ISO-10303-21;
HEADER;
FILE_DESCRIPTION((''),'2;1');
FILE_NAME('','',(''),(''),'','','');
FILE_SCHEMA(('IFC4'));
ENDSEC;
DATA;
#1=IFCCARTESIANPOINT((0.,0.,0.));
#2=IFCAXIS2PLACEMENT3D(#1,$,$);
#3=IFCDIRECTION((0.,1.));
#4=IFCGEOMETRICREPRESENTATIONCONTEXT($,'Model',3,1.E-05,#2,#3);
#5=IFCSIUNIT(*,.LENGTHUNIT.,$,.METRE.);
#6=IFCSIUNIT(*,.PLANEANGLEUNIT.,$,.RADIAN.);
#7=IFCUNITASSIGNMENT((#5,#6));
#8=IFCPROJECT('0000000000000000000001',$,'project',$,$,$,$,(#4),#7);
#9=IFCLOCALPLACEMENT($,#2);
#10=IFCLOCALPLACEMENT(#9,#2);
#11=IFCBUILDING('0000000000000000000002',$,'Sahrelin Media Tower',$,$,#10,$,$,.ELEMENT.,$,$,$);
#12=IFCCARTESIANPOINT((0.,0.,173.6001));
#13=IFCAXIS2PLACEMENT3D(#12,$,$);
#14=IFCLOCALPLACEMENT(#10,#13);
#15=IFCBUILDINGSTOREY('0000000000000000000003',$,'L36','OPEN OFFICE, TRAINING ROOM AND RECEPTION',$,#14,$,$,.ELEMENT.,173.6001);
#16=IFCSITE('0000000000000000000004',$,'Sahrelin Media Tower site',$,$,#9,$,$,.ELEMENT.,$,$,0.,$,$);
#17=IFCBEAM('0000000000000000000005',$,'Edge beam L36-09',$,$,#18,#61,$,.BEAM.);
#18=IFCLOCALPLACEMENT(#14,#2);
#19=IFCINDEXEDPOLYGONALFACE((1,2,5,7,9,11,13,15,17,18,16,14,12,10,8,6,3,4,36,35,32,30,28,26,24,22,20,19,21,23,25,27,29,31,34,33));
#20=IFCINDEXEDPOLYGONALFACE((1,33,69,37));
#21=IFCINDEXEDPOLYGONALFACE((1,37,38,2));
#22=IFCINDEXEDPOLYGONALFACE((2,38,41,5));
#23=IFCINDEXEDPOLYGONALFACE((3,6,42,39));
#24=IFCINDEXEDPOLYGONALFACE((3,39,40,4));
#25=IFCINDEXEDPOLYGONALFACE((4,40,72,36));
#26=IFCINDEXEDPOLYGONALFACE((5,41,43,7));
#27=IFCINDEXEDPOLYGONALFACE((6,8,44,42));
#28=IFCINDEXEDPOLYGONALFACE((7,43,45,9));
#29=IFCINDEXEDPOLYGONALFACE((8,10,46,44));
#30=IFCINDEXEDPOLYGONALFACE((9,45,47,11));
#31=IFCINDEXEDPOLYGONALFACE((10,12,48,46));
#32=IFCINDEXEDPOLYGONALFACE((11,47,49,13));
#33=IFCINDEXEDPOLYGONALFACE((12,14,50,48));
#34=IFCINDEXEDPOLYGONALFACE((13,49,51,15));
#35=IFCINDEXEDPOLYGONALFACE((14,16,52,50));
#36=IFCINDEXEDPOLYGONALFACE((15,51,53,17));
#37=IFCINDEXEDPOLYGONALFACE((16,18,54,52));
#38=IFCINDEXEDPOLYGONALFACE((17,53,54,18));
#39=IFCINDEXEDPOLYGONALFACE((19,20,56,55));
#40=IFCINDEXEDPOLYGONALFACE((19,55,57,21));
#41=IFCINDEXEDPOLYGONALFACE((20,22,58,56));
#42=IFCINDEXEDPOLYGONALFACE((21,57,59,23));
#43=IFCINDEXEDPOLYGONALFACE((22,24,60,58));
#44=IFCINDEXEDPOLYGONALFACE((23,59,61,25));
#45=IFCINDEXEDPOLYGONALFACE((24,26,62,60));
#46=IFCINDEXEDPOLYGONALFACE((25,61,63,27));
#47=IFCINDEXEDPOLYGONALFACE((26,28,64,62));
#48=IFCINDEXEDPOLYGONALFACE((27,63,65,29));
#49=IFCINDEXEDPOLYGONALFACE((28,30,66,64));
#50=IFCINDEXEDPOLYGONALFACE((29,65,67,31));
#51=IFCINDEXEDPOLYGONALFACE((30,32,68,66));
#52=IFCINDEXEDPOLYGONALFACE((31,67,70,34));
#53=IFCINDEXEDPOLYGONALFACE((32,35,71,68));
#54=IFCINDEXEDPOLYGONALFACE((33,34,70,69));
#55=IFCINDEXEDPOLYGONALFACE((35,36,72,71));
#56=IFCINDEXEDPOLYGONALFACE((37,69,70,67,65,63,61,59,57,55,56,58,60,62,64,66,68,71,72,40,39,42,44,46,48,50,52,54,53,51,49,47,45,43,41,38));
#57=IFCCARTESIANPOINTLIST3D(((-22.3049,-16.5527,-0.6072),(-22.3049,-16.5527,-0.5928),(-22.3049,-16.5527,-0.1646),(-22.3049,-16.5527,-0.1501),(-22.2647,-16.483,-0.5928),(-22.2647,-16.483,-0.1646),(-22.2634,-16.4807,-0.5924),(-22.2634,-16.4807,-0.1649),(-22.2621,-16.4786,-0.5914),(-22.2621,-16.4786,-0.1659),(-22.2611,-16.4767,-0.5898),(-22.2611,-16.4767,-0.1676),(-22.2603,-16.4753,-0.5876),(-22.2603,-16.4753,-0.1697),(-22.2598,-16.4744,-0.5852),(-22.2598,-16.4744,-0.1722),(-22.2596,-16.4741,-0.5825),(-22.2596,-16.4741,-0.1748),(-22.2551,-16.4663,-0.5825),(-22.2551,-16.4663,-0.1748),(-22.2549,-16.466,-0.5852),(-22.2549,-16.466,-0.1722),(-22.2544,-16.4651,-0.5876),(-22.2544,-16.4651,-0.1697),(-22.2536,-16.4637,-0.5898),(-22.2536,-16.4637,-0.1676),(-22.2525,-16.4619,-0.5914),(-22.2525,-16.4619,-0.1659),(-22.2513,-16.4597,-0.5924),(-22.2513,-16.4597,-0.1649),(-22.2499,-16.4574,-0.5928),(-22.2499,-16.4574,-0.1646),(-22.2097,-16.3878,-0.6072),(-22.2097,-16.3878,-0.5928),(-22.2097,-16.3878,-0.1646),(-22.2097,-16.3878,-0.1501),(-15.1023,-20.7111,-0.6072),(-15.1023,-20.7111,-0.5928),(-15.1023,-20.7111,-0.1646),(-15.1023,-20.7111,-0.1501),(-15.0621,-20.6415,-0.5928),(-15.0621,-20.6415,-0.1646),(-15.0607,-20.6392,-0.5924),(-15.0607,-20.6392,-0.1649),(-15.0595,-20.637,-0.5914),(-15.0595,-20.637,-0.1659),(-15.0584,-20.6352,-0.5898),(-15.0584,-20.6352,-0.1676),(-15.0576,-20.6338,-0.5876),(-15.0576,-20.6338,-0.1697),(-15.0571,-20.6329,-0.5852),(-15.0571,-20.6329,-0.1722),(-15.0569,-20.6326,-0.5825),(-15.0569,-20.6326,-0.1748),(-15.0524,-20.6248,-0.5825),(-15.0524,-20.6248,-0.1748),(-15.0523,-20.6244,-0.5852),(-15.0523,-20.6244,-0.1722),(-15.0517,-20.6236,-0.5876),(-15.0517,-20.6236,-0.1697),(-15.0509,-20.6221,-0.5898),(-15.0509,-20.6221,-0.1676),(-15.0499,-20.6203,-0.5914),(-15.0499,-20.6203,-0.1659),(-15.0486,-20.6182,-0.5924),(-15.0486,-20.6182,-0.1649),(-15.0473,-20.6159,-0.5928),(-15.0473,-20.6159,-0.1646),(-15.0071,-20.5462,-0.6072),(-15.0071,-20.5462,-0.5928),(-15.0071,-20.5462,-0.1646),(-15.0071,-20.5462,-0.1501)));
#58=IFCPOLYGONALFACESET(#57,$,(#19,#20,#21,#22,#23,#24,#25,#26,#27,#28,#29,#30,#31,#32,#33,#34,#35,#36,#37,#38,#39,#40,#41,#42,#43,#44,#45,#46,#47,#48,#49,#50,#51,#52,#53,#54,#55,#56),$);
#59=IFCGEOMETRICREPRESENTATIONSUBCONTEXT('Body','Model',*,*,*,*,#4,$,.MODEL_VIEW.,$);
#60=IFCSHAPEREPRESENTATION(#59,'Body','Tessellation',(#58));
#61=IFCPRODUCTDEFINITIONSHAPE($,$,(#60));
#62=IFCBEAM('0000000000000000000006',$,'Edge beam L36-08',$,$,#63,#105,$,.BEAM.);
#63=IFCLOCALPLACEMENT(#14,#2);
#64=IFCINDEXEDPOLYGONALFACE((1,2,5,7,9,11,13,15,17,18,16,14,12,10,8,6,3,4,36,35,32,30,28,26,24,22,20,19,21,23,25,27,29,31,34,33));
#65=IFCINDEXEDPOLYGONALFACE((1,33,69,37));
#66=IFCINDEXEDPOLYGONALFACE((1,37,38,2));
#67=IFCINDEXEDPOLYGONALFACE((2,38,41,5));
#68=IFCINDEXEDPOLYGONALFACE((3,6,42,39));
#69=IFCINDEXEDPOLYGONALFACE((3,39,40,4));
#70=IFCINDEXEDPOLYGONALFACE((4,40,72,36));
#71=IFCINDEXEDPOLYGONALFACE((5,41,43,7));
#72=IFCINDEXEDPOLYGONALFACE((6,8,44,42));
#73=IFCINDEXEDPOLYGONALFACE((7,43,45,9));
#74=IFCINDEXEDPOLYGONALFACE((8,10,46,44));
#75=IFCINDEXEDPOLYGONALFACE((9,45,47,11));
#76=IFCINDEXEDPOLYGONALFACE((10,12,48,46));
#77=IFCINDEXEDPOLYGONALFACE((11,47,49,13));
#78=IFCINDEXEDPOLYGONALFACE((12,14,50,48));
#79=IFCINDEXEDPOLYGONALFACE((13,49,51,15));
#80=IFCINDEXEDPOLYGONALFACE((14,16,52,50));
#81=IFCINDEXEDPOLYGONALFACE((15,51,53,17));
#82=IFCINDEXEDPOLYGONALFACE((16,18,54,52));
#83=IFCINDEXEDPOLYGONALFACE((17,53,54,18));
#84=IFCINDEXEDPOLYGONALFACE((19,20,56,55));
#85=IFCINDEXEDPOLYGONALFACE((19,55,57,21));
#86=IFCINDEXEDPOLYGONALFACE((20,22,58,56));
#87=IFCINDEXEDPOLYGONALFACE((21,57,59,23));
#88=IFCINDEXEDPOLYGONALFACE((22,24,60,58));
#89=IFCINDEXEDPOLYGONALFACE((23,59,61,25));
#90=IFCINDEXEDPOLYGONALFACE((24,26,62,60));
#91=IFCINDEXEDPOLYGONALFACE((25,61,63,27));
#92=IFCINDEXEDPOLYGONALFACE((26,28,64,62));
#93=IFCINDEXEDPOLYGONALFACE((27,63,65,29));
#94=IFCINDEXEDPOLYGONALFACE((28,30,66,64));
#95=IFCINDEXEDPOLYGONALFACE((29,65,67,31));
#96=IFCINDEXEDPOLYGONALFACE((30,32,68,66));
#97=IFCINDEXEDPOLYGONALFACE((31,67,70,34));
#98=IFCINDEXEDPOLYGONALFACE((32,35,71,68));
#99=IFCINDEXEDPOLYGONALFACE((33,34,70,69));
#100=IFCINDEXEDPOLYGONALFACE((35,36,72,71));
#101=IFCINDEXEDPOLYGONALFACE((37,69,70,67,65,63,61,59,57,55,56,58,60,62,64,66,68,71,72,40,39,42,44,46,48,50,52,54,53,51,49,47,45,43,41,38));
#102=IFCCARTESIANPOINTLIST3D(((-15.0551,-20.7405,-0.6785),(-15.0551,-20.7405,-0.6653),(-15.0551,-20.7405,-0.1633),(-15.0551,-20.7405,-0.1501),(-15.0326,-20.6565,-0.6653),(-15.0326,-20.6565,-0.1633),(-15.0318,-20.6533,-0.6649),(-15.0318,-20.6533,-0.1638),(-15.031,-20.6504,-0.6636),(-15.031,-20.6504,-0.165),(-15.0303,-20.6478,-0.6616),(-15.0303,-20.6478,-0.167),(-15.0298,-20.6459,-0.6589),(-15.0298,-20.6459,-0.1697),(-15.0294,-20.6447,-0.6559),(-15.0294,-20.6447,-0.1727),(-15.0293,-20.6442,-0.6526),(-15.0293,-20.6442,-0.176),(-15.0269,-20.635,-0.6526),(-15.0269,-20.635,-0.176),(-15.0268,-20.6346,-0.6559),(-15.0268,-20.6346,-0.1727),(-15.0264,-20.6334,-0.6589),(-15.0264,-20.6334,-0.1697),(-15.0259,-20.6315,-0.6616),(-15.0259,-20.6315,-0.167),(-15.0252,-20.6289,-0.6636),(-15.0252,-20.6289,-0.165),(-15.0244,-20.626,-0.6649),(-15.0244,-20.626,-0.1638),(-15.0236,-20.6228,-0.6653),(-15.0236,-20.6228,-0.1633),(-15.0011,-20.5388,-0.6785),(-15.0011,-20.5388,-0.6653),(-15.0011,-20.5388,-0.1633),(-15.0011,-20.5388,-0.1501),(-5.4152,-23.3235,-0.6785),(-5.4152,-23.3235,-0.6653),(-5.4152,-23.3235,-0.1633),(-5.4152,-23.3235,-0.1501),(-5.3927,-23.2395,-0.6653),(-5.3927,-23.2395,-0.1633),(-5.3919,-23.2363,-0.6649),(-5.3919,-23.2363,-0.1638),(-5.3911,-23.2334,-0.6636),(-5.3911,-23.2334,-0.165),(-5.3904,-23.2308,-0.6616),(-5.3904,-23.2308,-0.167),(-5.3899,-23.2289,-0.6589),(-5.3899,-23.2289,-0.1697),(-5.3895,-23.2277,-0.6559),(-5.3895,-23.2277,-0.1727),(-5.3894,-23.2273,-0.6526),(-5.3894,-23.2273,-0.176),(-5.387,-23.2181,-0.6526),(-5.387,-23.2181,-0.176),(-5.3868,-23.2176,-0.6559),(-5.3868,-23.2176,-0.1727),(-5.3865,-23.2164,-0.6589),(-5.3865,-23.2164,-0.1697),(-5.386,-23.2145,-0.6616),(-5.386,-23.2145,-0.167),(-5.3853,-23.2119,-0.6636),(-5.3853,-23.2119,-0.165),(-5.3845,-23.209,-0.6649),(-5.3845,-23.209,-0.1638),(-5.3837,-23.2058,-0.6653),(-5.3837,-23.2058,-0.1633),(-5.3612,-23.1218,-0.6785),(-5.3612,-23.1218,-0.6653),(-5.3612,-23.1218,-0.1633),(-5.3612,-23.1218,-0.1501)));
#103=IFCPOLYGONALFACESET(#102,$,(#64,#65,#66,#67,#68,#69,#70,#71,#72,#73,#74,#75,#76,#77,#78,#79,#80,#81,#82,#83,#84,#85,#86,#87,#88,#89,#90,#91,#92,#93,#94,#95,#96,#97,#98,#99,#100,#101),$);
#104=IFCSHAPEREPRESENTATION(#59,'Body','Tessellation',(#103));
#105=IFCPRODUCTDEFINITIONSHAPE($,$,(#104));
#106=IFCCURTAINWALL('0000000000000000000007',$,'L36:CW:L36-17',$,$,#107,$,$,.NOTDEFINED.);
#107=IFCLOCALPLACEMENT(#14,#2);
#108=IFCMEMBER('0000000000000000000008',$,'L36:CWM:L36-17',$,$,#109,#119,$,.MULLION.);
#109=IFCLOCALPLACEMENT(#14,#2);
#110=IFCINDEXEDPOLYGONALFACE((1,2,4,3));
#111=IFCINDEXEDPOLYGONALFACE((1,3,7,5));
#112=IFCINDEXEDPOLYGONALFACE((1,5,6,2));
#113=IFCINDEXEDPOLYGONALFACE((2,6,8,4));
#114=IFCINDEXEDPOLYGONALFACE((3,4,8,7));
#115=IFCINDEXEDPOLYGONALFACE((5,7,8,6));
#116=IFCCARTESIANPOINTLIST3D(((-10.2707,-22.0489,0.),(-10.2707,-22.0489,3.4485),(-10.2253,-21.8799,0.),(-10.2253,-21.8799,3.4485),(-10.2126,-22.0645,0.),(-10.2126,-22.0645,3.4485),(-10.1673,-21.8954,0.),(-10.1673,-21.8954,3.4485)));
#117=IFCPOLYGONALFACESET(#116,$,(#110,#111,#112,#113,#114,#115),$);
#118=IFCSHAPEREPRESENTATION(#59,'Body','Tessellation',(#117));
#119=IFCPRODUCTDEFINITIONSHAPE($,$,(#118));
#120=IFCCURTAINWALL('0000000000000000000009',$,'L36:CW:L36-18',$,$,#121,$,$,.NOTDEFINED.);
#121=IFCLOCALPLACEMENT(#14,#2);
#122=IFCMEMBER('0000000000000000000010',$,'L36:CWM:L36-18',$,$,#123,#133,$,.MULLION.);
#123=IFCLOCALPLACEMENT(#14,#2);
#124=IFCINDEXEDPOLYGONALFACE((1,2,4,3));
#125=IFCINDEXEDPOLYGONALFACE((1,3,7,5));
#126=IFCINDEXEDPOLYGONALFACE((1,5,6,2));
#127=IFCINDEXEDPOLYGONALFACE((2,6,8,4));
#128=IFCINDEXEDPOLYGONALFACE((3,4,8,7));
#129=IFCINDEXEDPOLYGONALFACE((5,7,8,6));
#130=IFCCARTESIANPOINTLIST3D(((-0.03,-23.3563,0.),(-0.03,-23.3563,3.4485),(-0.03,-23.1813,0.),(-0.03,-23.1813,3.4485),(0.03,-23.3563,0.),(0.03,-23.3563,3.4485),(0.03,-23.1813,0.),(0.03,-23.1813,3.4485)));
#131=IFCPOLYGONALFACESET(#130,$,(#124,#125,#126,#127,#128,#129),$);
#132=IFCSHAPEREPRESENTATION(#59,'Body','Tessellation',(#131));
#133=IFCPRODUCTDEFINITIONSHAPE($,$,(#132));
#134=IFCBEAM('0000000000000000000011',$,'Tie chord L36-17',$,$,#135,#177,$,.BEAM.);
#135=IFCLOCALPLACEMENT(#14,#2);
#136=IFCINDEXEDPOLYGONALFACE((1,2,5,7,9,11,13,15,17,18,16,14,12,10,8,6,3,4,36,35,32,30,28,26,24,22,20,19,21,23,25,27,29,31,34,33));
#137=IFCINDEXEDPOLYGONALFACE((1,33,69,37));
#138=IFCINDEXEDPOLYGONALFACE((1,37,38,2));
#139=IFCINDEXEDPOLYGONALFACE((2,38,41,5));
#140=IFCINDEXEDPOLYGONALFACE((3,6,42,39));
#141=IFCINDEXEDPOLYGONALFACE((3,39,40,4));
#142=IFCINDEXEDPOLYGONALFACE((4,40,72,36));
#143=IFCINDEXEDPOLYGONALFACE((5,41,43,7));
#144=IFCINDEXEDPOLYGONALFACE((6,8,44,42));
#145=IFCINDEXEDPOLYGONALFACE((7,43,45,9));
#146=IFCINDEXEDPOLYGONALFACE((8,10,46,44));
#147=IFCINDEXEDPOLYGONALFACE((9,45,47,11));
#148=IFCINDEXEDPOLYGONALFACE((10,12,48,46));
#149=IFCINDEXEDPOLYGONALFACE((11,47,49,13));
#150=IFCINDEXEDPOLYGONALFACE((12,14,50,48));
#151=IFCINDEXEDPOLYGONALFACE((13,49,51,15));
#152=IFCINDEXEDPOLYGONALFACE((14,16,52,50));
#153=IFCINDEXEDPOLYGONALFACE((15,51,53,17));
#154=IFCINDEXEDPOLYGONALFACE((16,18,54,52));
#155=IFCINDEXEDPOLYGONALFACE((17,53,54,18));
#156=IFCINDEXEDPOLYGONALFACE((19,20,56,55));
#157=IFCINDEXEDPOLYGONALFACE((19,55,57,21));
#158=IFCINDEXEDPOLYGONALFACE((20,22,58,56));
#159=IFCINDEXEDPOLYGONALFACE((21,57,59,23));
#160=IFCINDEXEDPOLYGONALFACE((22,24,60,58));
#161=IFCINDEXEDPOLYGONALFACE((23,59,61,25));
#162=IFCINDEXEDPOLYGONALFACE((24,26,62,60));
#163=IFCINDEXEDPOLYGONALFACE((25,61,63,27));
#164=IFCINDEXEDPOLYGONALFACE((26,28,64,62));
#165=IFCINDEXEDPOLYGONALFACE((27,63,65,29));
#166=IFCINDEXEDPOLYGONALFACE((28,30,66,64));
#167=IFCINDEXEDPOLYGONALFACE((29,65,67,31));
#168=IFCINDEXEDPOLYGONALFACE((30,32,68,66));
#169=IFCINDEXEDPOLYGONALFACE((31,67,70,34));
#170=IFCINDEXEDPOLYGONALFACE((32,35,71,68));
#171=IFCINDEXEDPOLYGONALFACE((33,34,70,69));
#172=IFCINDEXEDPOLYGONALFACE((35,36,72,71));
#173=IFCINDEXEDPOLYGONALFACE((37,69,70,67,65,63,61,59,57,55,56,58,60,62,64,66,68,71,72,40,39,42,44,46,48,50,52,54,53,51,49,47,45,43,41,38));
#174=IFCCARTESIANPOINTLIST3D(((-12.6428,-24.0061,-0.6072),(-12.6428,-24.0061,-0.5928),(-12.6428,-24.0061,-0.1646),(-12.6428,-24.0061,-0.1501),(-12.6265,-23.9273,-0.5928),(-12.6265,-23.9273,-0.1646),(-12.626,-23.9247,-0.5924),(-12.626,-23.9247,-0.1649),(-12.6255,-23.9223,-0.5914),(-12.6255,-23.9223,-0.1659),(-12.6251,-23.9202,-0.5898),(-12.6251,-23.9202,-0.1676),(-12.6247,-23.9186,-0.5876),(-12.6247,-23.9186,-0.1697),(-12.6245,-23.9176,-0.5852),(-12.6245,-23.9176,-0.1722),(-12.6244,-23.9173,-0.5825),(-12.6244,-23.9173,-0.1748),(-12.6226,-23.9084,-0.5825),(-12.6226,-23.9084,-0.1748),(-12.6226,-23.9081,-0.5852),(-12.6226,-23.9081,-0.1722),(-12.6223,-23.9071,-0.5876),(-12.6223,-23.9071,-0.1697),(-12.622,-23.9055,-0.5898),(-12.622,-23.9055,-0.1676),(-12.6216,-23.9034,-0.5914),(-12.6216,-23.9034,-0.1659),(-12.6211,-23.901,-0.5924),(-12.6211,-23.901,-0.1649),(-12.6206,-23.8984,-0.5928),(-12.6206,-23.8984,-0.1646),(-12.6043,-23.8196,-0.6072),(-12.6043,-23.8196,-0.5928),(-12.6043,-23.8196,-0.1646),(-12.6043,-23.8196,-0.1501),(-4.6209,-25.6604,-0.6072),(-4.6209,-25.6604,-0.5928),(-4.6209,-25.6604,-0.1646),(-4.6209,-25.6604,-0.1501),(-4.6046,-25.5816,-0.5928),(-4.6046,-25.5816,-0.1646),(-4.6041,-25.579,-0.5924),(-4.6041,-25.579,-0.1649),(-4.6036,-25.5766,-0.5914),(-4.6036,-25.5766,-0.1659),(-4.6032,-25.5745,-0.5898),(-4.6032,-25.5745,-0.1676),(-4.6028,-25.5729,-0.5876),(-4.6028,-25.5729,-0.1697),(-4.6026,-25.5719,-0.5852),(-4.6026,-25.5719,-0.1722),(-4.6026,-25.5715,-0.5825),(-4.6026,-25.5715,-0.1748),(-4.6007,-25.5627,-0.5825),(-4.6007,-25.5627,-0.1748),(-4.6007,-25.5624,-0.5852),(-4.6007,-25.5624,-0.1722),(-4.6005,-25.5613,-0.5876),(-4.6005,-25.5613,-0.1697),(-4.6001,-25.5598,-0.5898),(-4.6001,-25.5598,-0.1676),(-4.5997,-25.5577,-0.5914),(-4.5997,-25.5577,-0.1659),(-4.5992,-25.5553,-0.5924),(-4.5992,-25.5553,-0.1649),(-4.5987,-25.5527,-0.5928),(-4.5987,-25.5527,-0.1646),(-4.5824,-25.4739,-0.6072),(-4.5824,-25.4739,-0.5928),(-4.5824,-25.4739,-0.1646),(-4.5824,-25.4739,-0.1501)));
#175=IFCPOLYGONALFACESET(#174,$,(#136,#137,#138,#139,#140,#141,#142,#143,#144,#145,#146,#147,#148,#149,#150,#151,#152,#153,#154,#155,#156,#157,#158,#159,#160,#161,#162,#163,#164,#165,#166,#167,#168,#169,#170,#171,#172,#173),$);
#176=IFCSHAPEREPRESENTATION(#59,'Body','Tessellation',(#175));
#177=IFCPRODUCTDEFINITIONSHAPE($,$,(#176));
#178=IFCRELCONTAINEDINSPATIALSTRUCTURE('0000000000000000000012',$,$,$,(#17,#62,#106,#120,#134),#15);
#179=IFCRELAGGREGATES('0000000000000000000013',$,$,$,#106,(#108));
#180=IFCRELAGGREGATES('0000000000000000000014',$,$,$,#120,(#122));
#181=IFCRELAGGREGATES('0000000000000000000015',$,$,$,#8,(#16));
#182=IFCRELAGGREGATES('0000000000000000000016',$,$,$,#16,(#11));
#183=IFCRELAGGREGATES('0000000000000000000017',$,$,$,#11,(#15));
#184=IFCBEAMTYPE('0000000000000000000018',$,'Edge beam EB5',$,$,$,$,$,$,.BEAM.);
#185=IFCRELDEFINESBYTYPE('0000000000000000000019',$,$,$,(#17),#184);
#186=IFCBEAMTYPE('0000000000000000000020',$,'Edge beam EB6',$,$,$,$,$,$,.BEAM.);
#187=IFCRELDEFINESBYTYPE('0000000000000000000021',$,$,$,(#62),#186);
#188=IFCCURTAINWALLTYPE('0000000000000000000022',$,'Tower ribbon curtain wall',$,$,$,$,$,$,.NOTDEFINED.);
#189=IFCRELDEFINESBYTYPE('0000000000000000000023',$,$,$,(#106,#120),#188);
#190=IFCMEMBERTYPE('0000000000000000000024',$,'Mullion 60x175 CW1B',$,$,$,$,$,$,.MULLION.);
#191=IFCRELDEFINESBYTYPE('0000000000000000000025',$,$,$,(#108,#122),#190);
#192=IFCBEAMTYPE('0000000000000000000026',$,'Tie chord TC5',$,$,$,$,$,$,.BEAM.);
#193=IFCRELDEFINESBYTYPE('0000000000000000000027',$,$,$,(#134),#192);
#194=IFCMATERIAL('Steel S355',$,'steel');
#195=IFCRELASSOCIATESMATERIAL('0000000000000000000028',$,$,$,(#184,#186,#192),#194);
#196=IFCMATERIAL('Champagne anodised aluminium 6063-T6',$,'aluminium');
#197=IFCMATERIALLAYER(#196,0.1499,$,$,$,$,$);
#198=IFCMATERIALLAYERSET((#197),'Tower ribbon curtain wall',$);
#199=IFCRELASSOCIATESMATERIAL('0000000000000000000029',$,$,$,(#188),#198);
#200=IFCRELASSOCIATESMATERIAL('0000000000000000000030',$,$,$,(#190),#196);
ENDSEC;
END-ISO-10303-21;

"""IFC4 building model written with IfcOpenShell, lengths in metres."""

from ifc_helpers import new_model, si_unit, direction, frame, origin, origin_2d, place, context, subcontext, project, spatial, rectangle, i_section, extrude, material, layer, layer_set, material_profile, profile_set, type_object, element, aggregate, save


model = new_model("IFC4")

# Units and contexts
model_context = context("Model", 3, precision=1e-05, world=origin(), true_north=direction((0.0, 1.0)))
body_context = subcontext(model_context, "Body", "Model", "MODEL_VIEW")
ifc_project = project(units=[si_unit("LENGTHUNIT", "METRE"), si_unit("PLANEANGLEUNIT", "RADIAN")], contexts=[model_context])

# Site, building, storey
site_placement = place(None, origin())
site = spatial("IfcSite", under=ifc_project, at=site_placement, Name="Sahrelin Media Tower site", CompositionType="ELEMENT", RefElevation=0.0)
building_placement = place(site_placement, origin())
building = spatial("IfcBuilding", under=site, at=building_placement, Name="Sahrelin Media Tower", CompositionType="ELEMENT")
storey_placement = place(building_placement, frame((0.0, 0.0, 173.6001)))
storey = spatial("IfcBuildingStorey", under=building, at=storey_placement, Name="L36", Description="OPEN OFFICE, TRAINING ROOM AND RECEPTION", CompositionType="ELEMENT", Elevation=173.6001)

# Beams
ifc_material_1 = material(Name="Steel S355", Category="steel")
ifc_material_profile_1 = material_profile(ifc_material_1, i_section(OverallWidth=0.1904, OverallDepth=0.457, WebThickness=0.009, FlangeThickness=0.0144, FilletRadius=0.0103, at=origin_2d()), Name="UB 457x191x74")
ifc_profile_set_1 = profile_set([ifc_material_profile_1], Name="Steel S355")
beam_type_1 = type_object("IfcBeamType", Name="Edge beam EB5", PredefinedType="BEAM", material=ifc_profile_set_1)
beam_1_placement = place(storey_placement, frame((-15.0547, -20.6287, -0.3787), z_axis=(-0.866025, 0.5, 0.0), x_axis=(-0.5, -0.866025, 0.0)))
element("IfcBeam", 1, at=beam_1_placement, inside=storey, type_object=beam_type_1, Name="Edge beam L36-09", PredefinedType="BEAM", context=body_context, shape_type="SweptSolid", body=[
    extrude(i_section(OverallWidth=0.1904, OverallDepth=0.457, WebThickness=0.009, FlangeThickness=0.0144, FilletRadius=0.0103, at=origin_2d()), origin(), (0.0, 0.0, 1.0), 8.3169),
])
ifc_material_profile_2 = material_profile(ifc_material_1, i_section(OverallWidth=0.2087, OverallDepth=0.5283, WebThickness=0.0095, FlangeThickness=0.0132, FilletRadius=0.0127, at=origin_2d()), Name="UB 533x210x82")
ifc_profile_set_2 = profile_set([ifc_material_profile_2], Name="Steel S355")
beam_type_2 = type_object("IfcBeamType", Name="Edge beam EB6", PredefinedType="BEAM", material=ifc_profile_set_2)
beam_2_placement = place(storey_placement, frame((-5.3882, -23.2227, -0.4143), z_axis=(-0.965926, 0.25882, 0.0), x_axis=(-0.25882, -0.965926, 0.0)))
element("IfcBeam", 2, at=beam_2_placement, inside=storey, type_object=beam_type_2, Name="Edge beam L36-08", PredefinedType="BEAM", context=body_context, shape_type="SweptSolid", body=[
    extrude(i_section(OverallWidth=0.2087, OverallDepth=0.5283, WebThickness=0.0095, FlangeThickness=0.0132, FilletRadius=0.0127, at=origin_2d()), origin(), (0.0, 0.0, 1.0), 9.98),
])

# Curtain walls, members
ifc_material_2 = material(Name="Champagne anodised aluminium 6063-T6", Category="aluminium")
ifc_layer_1 = layer(ifc_material_2, 0.1499)
ifc_layer_set_1 = layer_set([ifc_layer_1], Name="Tower ribbon curtain wall")
curtain_wall_type = type_object("IfcCurtainWallType", Name="Tower ribbon curtain wall", PredefinedType="NOTDEFINED", material=ifc_layer_set_1)
curtain_wall_1_placement = place(storey_placement, frame((-10.2471, -22.0762, 0.0), z_axis=(0.0, 0.0, 1.0), x_axis=(1.0, 0.0, 0.0)))
curtain_wall_1 = element("IfcCurtainWall", 3, at=curtain_wall_1_placement, inside=storey, type_object=curtain_wall_type, Name="L36:CW:L36-17", PredefinedType="NOTDEFINED")
ifc_material_profile_3 = material_profile(ifc_material_2, rectangle(XDim=0.0601, YDim=0.175, at=origin_2d()), Name="Mullion 60x175")
ifc_profile_set_3 = profile_set([ifc_material_profile_3], Name="Champagne anodised aluminium 6063-T6")
member_type_1 = type_object("IfcMemberType", Name="Mullion 60x175 CW1B", PredefinedType="MULLION", material=ifc_profile_set_3)
member_1_placement = place(storey_placement, frame((-10.219, -21.9722, 0.0), z_axis=(0.0, 0.0, 1.0), x_axis=(0.965925, -0.258821, 0.0)))
member_1 = element("IfcMember", 4, at=member_1_placement, type_object=member_type_1, Name="L36:CWM:L36-17", PredefinedType="MULLION", context=body_context, shape_type="SweptSolid", body=[
    extrude(rectangle(XDim=0.0601, YDim=0.175, at=origin_2d()), origin(), (0.0, 0.0, 1.0), 3.4485),
])
curtain_wall_2_placement = place(storey_placement, frame((0.0, -23.3765, 0.0), z_axis=(0.0, 0.0, 1.0), x_axis=(1.0, 0.0, 0.0)))
curtain_wall_2 = element("IfcCurtainWall", 5, at=curtain_wall_2_placement, inside=storey, type_object=curtain_wall_type, Name="L36:CW:L36-18", PredefinedType="NOTDEFINED")
member_2_placement = place(storey_placement, frame((0.0, -23.2688, 0.0), z_axis=(0.0, 0.0, 1.0), x_axis=(1.0, 0.0, 0.0)))
member_2 = element("IfcMember", 6, at=member_2_placement, type_object=member_type_1, Name="L36:CWM:L36-18", PredefinedType="MULLION", context=body_context, shape_type="SweptSolid", body=[
    extrude(rectangle(XDim=0.0601, YDim=0.175, at=origin_2d()), origin(), (0.0, 0.0, 1.0), 3.4485),
])

# Beam
ifc_material_profile_4 = material_profile(ifc_material_1, i_section(OverallWidth=0.1904, OverallDepth=0.457, WebThickness=0.009, FlangeThickness=0.0144, FilletRadius=0.0103, at=origin_2d()), Name="UB 457x191x74")
ifc_profile_set_4 = profile_set([ifc_material_profile_4], Name="Steel S355")
beam_type_3 = type_object("IfcBeamType", Name="Tie chord TC5", PredefinedType="BEAM", material=ifc_profile_set_4)
beam_3_placement = place(storey_placement, frame((-12.6235, -23.9128, -0.3787), z_axis=(0.979392, -0.201971, 0.0), x_axis=(0.201971, 0.979392, 0.0)))
element("IfcBeam", 7, at=beam_3_placement, inside=storey, type_object=beam_type_3, Name="Tie chord L36-17", PredefinedType="BEAM", context=body_context, shape_type="SweptSolid", body=[
    extrude(i_section(OverallWidth=0.1904, OverallDepth=0.457, WebThickness=0.009, FlangeThickness=0.0144, FilletRadius=0.0103, at=origin_2d()), origin(), (0.0, 0.0, 1.0), 8.1907),
])

aggregate(curtain_wall_1, [member_1])
aggregate(curtain_wall_2, [member_2])

save(model, "model.ifc")
